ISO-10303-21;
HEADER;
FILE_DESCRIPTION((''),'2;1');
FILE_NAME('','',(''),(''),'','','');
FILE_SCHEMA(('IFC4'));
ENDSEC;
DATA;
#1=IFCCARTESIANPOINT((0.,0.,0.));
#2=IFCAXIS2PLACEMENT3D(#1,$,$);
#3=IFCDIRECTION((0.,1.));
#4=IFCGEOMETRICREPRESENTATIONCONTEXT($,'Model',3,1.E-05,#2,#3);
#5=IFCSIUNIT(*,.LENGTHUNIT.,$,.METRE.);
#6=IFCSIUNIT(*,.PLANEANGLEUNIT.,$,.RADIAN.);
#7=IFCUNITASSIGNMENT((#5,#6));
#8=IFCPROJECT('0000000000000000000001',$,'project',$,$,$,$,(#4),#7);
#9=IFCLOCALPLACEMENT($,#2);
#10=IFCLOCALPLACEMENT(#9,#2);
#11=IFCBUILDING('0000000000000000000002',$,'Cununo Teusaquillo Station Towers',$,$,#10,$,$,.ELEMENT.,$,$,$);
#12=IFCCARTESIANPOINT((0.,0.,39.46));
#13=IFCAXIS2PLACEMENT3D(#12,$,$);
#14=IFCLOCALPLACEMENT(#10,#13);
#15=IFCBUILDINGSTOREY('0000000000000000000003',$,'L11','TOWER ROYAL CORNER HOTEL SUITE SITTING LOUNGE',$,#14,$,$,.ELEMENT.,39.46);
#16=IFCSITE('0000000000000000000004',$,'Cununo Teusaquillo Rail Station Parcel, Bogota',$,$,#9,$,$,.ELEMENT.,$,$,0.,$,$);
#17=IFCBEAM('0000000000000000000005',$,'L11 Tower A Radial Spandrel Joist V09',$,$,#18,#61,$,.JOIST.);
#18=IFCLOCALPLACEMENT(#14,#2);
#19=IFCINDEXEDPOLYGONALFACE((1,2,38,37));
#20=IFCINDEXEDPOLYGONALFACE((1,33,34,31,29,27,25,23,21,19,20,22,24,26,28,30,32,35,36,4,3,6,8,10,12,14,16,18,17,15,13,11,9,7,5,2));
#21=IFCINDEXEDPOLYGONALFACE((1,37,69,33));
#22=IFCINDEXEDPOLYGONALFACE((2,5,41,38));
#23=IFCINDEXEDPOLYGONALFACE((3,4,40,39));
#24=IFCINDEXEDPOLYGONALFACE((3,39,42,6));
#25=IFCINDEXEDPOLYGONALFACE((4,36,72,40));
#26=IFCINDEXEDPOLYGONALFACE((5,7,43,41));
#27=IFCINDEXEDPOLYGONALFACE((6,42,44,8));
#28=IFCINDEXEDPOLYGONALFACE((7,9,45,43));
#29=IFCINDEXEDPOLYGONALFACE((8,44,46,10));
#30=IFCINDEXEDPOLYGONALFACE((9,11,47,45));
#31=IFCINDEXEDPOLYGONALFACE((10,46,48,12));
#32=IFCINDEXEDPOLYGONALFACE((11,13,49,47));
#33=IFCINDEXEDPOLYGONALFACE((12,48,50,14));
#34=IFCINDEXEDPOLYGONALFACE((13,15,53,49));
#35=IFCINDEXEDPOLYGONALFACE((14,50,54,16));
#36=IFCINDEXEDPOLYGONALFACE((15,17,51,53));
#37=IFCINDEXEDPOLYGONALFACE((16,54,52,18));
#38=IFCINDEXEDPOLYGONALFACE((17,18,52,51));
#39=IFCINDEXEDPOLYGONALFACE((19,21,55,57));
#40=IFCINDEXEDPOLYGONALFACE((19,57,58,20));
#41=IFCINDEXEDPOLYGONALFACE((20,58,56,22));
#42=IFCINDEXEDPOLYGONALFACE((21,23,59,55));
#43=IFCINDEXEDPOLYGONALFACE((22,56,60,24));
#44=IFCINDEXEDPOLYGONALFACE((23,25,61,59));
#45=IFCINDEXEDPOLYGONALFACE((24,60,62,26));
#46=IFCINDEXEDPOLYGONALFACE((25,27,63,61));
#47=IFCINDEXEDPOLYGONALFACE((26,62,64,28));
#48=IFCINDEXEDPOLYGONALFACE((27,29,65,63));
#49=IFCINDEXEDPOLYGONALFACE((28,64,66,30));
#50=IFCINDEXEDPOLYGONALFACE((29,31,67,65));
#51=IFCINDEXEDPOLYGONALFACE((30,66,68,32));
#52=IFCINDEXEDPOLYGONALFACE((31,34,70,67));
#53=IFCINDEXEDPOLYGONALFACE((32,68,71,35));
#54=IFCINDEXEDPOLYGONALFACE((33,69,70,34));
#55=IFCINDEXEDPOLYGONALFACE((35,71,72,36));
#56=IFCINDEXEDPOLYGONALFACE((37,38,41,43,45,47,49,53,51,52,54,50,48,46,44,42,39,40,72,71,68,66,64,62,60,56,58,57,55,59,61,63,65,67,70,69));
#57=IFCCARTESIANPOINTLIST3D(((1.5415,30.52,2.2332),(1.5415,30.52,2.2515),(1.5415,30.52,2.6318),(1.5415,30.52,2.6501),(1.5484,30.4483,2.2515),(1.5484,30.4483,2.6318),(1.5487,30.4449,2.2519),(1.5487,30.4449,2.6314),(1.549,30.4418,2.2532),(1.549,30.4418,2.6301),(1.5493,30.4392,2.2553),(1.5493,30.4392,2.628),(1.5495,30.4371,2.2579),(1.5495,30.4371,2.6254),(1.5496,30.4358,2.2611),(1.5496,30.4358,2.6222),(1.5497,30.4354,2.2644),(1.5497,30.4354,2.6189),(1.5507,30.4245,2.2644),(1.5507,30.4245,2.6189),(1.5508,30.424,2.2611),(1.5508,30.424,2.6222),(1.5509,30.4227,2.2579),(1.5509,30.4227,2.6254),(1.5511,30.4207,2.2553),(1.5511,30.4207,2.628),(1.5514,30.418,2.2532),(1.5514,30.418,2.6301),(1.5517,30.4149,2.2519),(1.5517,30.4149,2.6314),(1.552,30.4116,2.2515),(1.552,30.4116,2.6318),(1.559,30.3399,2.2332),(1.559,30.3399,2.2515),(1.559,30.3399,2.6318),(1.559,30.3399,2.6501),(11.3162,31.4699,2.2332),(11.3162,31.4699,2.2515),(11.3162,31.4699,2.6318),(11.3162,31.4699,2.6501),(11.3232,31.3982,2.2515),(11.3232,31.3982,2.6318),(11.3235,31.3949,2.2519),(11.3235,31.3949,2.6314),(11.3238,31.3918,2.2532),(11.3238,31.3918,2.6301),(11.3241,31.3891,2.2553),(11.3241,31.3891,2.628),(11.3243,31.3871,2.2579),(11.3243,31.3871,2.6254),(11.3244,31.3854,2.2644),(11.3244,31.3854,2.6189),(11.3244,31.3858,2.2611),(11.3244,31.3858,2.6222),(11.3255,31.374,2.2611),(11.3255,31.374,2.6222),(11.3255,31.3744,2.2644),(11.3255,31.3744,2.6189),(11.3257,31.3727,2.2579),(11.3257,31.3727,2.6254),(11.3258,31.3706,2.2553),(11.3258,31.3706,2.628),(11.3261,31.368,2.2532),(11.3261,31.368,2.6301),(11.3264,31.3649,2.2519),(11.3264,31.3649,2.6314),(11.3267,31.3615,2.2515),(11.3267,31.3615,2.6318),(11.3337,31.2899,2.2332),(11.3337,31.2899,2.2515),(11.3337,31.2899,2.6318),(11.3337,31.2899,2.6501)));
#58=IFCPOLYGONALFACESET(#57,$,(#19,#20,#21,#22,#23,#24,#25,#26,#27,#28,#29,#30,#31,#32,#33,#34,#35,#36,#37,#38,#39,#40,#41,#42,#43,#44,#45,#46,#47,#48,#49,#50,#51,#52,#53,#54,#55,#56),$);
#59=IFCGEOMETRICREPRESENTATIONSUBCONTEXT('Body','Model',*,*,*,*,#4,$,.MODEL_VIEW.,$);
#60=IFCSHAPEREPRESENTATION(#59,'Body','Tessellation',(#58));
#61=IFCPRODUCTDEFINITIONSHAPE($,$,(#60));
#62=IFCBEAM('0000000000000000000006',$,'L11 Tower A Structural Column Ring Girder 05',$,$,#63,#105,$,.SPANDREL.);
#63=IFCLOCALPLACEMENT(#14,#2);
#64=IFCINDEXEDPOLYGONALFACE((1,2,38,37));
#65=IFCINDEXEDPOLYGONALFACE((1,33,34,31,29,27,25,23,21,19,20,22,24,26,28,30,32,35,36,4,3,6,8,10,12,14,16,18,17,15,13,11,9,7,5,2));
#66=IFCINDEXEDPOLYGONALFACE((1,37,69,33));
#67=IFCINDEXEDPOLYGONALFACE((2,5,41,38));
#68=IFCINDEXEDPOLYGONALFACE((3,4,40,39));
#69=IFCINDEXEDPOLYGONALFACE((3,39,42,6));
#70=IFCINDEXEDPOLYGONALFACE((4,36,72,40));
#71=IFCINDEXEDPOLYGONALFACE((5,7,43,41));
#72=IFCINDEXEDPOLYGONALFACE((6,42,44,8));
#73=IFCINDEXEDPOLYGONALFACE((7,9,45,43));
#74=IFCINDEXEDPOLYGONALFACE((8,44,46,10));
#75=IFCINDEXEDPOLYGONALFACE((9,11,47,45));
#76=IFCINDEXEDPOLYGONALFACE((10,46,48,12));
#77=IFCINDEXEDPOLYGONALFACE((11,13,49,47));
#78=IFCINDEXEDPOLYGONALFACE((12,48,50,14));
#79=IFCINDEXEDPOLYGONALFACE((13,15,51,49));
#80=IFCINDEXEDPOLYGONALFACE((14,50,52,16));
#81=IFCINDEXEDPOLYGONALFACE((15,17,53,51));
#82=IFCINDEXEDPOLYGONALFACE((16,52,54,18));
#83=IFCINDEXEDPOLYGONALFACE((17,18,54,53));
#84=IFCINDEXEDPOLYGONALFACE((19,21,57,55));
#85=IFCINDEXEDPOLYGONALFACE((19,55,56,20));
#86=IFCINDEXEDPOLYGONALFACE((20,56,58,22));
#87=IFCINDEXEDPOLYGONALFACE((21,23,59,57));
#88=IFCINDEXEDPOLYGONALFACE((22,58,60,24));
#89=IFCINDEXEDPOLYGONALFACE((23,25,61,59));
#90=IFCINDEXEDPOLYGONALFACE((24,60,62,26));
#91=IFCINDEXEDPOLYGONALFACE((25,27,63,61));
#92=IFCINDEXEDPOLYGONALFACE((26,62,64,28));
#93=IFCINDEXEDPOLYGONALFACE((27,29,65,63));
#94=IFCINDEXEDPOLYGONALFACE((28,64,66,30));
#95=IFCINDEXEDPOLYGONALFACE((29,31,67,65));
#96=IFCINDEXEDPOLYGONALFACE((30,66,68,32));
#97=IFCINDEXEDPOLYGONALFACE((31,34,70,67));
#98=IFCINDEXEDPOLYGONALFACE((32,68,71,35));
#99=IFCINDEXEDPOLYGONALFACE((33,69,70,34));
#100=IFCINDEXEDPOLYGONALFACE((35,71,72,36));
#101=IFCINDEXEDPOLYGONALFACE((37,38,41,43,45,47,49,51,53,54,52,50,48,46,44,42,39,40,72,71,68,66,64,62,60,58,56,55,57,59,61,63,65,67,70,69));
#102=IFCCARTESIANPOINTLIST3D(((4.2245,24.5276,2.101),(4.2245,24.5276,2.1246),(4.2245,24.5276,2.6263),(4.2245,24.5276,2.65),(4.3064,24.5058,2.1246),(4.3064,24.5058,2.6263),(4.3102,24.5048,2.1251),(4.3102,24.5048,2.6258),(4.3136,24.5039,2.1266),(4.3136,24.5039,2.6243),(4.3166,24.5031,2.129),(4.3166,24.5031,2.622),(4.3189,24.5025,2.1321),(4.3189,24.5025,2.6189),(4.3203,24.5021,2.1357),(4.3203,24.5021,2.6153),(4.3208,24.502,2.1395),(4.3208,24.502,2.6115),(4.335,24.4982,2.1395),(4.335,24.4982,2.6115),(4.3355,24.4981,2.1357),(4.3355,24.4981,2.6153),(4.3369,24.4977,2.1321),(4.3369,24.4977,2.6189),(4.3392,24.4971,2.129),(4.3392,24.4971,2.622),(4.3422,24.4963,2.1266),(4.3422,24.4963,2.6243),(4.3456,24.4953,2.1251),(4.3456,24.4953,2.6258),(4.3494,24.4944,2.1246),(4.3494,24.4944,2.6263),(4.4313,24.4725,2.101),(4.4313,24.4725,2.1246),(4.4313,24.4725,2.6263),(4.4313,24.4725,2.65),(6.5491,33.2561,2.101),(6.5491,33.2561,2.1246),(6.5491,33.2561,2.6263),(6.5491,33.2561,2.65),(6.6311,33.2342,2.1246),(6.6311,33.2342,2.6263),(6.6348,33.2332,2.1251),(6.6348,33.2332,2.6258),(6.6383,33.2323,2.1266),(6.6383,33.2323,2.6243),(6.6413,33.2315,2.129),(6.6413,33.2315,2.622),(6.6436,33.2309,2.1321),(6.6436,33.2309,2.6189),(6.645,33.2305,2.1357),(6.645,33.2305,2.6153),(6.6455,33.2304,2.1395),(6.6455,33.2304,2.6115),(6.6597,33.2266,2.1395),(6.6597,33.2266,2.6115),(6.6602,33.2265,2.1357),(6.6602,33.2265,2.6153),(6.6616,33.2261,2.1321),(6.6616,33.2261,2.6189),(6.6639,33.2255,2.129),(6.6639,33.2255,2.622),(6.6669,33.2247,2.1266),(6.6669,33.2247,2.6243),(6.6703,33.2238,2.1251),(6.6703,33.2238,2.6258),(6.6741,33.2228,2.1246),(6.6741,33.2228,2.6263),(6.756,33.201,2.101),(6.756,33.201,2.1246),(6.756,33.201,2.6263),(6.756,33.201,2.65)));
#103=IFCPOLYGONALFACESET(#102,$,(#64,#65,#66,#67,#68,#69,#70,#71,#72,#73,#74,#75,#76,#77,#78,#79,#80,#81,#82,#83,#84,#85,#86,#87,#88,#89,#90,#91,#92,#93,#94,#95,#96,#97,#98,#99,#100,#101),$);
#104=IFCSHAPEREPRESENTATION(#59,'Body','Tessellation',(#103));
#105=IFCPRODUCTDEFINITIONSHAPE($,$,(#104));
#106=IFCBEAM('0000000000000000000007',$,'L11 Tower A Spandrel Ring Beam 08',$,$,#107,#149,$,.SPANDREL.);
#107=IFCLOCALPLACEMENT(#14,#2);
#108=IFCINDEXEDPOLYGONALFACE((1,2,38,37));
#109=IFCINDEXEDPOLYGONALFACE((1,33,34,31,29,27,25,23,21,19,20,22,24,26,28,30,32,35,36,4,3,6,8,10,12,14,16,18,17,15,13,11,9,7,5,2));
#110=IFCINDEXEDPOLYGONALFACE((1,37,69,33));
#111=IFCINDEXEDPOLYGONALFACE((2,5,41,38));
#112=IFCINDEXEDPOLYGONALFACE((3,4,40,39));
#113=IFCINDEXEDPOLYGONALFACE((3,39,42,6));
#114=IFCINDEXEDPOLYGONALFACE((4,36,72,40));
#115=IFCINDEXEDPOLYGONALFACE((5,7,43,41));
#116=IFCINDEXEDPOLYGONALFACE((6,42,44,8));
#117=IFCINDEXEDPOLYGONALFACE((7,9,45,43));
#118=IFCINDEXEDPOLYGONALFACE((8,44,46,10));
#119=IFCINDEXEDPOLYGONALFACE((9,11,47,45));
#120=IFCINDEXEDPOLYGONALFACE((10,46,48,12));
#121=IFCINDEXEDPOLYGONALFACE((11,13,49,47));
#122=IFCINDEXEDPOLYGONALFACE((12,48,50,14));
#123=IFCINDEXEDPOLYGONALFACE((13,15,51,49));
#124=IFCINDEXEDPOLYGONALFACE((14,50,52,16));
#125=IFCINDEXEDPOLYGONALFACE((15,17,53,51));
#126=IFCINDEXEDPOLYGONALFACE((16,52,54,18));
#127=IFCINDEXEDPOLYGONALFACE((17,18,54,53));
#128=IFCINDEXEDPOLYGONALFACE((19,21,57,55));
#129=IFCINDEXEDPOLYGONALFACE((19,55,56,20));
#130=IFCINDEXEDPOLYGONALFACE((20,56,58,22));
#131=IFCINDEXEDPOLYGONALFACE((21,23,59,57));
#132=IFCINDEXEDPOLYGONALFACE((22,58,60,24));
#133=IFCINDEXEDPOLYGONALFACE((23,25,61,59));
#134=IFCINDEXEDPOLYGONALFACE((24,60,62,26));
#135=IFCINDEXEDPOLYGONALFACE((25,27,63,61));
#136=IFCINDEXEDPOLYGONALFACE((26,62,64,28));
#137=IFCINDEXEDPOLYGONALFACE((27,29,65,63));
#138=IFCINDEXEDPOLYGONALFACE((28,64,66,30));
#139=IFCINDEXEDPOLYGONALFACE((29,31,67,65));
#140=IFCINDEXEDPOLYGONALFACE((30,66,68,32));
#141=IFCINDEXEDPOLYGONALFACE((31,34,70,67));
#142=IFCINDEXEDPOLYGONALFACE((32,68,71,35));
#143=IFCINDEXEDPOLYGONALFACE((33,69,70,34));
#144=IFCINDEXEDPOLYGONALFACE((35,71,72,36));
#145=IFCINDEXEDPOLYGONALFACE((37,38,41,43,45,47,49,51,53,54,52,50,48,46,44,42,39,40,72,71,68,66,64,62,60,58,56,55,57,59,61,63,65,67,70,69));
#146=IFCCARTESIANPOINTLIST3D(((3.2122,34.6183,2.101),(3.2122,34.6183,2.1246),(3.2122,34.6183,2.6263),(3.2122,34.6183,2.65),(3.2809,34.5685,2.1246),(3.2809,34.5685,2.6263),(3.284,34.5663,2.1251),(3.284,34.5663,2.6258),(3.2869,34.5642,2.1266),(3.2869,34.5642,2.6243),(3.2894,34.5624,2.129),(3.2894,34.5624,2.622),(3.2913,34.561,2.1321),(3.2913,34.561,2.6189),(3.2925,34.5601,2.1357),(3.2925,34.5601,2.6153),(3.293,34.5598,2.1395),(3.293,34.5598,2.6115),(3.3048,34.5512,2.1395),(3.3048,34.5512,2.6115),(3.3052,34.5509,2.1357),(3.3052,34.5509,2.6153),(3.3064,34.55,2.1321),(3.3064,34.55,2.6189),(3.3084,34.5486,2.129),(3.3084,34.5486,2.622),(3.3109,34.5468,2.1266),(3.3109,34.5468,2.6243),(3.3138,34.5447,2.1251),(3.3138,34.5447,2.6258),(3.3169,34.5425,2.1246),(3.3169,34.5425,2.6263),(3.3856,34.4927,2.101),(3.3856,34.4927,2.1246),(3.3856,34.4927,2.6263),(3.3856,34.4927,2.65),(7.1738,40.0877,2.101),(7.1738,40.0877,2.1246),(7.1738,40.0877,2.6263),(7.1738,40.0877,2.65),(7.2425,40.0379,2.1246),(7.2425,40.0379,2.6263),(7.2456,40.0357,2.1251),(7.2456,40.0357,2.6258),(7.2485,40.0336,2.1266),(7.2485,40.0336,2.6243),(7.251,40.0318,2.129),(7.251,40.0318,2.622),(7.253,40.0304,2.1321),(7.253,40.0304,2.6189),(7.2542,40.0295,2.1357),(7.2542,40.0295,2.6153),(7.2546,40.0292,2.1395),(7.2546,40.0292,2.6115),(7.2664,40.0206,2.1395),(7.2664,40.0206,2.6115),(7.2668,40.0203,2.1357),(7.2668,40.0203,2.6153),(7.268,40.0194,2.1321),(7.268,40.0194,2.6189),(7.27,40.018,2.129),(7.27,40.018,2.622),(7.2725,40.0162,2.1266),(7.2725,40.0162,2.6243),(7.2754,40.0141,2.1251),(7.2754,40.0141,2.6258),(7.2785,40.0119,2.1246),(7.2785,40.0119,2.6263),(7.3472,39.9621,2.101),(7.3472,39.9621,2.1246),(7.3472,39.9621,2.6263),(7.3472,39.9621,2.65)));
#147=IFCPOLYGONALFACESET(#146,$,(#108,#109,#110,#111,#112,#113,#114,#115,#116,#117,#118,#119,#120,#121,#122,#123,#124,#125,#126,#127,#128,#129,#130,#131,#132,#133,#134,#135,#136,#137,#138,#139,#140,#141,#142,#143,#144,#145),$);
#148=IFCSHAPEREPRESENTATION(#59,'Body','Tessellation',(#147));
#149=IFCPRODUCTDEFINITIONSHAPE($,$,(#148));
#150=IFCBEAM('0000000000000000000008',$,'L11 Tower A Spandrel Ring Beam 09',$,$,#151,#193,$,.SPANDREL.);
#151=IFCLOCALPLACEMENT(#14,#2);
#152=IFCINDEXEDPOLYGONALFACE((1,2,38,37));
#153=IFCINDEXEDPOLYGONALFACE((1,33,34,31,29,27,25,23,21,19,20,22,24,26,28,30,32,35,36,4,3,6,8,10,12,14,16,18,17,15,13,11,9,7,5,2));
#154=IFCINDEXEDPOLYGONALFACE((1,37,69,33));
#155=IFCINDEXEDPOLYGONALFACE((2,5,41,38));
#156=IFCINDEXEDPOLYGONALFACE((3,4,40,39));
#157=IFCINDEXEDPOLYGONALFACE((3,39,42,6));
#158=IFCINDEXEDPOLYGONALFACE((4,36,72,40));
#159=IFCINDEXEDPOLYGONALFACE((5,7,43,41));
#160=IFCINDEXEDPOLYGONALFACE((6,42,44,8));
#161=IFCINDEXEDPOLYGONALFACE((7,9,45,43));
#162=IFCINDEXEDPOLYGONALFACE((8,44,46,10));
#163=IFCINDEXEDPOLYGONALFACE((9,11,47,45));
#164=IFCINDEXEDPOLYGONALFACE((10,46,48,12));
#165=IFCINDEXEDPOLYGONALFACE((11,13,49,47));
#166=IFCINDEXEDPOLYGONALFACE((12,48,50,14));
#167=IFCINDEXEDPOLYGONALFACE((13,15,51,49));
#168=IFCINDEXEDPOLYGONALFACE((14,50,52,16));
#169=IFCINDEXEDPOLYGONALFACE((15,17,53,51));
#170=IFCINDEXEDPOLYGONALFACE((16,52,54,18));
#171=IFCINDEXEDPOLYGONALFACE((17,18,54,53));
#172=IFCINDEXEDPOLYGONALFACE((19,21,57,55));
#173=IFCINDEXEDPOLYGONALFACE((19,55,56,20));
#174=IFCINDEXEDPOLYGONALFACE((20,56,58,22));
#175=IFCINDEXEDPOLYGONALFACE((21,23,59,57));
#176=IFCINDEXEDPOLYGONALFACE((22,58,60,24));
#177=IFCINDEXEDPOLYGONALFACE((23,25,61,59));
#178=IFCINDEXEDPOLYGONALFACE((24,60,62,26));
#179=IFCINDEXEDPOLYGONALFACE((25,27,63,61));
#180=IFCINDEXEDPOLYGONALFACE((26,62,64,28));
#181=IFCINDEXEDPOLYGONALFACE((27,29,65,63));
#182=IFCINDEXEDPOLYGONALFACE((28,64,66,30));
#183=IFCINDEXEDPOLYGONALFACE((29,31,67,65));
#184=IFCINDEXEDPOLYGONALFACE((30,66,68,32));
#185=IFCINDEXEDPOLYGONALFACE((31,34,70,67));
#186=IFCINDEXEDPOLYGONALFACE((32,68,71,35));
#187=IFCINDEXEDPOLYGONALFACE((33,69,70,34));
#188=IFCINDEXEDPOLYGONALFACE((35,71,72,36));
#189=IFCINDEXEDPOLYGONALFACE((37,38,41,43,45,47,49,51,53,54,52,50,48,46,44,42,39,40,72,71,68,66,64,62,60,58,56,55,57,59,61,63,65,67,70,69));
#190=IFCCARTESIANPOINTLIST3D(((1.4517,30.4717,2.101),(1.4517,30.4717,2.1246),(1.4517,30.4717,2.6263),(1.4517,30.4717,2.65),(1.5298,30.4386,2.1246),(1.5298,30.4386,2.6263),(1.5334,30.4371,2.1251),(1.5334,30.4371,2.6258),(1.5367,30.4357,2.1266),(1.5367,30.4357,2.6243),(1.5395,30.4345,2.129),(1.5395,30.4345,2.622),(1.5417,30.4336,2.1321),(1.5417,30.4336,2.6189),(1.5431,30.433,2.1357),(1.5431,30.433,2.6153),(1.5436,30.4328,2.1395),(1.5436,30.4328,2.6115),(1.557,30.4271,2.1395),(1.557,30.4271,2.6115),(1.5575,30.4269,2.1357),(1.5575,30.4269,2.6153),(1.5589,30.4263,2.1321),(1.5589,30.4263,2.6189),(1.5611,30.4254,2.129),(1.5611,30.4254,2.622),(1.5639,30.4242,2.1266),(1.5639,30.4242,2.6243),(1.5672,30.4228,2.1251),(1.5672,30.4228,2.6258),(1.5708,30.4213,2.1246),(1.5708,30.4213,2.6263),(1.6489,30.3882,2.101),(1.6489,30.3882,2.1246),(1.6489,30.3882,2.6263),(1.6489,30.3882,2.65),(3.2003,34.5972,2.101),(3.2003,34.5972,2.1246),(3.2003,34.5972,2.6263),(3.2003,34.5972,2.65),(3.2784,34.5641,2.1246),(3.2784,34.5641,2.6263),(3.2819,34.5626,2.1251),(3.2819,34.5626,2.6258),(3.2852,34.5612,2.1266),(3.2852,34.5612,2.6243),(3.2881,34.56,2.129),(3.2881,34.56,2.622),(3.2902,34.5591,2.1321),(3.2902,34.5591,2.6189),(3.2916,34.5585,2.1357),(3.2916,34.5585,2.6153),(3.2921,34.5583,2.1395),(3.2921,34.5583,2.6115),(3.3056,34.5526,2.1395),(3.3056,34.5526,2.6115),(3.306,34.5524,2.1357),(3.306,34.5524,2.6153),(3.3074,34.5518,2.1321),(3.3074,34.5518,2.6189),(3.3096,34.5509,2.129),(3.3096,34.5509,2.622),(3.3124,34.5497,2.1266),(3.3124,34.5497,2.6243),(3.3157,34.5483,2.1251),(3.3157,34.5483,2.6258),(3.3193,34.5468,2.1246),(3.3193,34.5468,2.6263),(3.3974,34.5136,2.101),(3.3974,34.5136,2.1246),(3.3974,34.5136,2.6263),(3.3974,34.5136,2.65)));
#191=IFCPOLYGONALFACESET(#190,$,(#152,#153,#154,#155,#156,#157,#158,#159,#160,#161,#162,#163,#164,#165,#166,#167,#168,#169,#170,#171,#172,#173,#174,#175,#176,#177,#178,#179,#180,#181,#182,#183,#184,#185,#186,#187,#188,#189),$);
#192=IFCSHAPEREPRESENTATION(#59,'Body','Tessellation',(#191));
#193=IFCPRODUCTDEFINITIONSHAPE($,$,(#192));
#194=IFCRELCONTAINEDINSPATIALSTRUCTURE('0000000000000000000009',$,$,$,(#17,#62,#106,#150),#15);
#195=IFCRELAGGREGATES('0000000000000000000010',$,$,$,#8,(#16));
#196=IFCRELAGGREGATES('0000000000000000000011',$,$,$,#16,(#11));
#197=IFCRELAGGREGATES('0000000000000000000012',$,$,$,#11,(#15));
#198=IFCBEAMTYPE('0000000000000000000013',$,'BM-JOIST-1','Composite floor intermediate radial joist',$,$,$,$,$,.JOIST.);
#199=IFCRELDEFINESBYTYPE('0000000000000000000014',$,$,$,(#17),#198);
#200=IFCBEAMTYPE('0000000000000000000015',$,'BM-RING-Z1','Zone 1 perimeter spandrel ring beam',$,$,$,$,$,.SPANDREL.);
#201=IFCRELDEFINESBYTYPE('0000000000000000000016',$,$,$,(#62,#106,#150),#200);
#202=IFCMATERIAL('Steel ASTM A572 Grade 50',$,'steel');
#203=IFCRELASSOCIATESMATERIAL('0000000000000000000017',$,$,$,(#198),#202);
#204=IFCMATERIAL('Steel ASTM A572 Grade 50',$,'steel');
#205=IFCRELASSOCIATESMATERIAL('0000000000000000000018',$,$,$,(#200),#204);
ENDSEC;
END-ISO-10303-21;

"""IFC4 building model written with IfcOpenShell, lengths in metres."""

from ifc_helpers import new_model, si_unit, direction, frame, origin, origin_2d, place, context, subcontext, project, spatial, i_section, extrude, material, material_profile, profile_set, type_object, element, save


model = new_model("IFC4")

# Units and contexts
model_context = context("Model", 3, precision=1e-05, world=origin(), true_north=direction((0.0, 1.0)))
body_context = subcontext(model_context, "Body", "Model", "MODEL_VIEW")
ifc_project = project(units=[si_unit("LENGTHUNIT", "METRE"), si_unit("PLANEANGLEUNIT", "RADIAN")], contexts=[model_context])

# Site, building, storey
site_placement = place(None, origin())
site = spatial("IfcSite", under=ifc_project, at=site_placement, Name="Cununo Teusaquillo Rail Station Parcel, Bogota", CompositionType="ELEMENT", RefElevation=0.0)
building_placement = place(site_placement, origin())
building = spatial("IfcBuilding", under=site, at=building_placement, Name="Cununo Teusaquillo Station Towers", CompositionType="ELEMENT")
storey_placement = place(building_placement, frame((0.0, 0.0, 39.46)))
storey = spatial("IfcBuildingStorey", under=building, at=storey_placement, Name="L11", Description="TOWER ROYAL CORNER HOTEL SUITE SITTING LOUNGE", CompositionType="ELEMENT", Elevation=39.46)

# Beams
ifc_material_1 = material(Name="Steel ASTM A572 Grade 50", Category="steel")
ifc_material_profile_1 = material_profile(ifc_material_1, i_section(OverallWidth=0.1809, OverallDepth=0.417, WebThickness=0.011, FlangeThickness=0.0183, FilletRadius=0.0129, at=origin_2d()), Name="W16X57")
ifc_profile_set_1 = profile_set([ifc_material_profile_1], Name="Steel ASTM A572 Grade 50")
beam_type_1 = type_object("IfcBeamType", Name="BM-JOIST-1", Description="Composite floor intermediate radial joist", PredefinedType="JOIST", material=ifc_profile_set_1)
beam_1_placement = place(storey_placement, frame((11.325, 31.3799, 2.4417), z_axis=(-0.995311, -0.096729, 0.0), x_axis=(0.096729, -0.995311, 0.0)))
element("IfcBeam", 1, at=beam_1_placement, inside=storey, type_object=beam_type_1, Name="L11 Tower A Radial Spandrel Joist V09", PredefinedType="JOIST", context=body_context, shape_type="SweptSolid", body=[
    extrude(i_section(OverallWidth=0.1809, OverallDepth=0.417, WebThickness=0.011, FlangeThickness=0.0183, FilletRadius=0.0129, at=origin_2d()), origin(), (0.0, 0.0, 1.0), 9.8208),
])
ifc_material_2 = material(Name="Steel ASTM A572 Grade 50", Category="steel")
ifc_material_profile_2 = material_profile(ifc_material_2, i_section(OverallWidth=0.2141, OverallDepth=0.5491, WebThickness=0.0146, FlangeThickness=0.0237, FilletRadius=0.0149, at=origin_2d()), Name="W21X93")
ifc_profile_set_2 = profile_set([ifc_material_profile_2], Name="Steel ASTM A572 Grade 50")
beam_type_2 = type_object("IfcBeamType", Name="BM-RING-Z1", Description="Zone 1 perimeter spandrel ring beam", PredefinedType="SPANDREL", material=ifc_profile_set_2)
beam_2_placement = place(storey_placement, frame((6.6526, 33.2285, 2.3755), z_axis=(-0.257363, -0.966315, 0.0), x_axis=(0.966315, -0.257363, 0.0)))
element("IfcBeam", 2, at=beam_2_placement, inside=storey, type_object=beam_type_2, Name="L11 Tower A Structural Column Ring Girder 05", PredefinedType="SPANDREL", context=body_context, shape_type="SweptSolid", body=[
    extrude(i_section(OverallWidth=0.2141, OverallDepth=0.5491, WebThickness=0.0146, FlangeThickness=0.0237, FilletRadius=0.0149, at=origin_2d()), origin(), (0.0, 0.0, 1.0), 9.0327),
])
beam_3_placement = place(storey_placement, frame((7.2605, 40.0249, 2.3755), z_axis=(-0.586608, -0.809871, 0.0), x_axis=(0.809871, -0.586608, 0.0)))
element("IfcBeam", 3, at=beam_3_placement, inside=storey, type_object=beam_type_2, Name="L11 Tower A Spandrel Ring Beam 08", PredefinedType="SPANDREL", context=body_context, shape_type="SweptSolid", body=[
    extrude(i_section(OverallWidth=0.2141, OverallDepth=0.5491, WebThickness=0.0146, FlangeThickness=0.0237, FilletRadius=0.0149, at=origin_2d()), origin(), (0.0, 0.0, 1.0), 6.7534),
])
beam_4_placement = place(storey_placement, frame((3.2988, 34.5554, 2.3755), z_axis=(-0.390234, -0.920716, 0.0), x_axis=(0.920716, -0.390234, 0.0)))
element("IfcBeam", 4, at=beam_4_placement, inside=storey, type_object=beam_type_2, Name="L11 Tower A Spandrel Ring Beam 09", PredefinedType="SPANDREL", context=body_context, shape_type="SweptSolid", body=[
    extrude(i_section(OverallWidth=0.2141, OverallDepth=0.5491, WebThickness=0.0146, FlangeThickness=0.0237, FilletRadius=0.0149, at=origin_2d()), origin(), (0.0, 0.0, 1.0), 4.4807),
])

save(model, "model.ifc")
